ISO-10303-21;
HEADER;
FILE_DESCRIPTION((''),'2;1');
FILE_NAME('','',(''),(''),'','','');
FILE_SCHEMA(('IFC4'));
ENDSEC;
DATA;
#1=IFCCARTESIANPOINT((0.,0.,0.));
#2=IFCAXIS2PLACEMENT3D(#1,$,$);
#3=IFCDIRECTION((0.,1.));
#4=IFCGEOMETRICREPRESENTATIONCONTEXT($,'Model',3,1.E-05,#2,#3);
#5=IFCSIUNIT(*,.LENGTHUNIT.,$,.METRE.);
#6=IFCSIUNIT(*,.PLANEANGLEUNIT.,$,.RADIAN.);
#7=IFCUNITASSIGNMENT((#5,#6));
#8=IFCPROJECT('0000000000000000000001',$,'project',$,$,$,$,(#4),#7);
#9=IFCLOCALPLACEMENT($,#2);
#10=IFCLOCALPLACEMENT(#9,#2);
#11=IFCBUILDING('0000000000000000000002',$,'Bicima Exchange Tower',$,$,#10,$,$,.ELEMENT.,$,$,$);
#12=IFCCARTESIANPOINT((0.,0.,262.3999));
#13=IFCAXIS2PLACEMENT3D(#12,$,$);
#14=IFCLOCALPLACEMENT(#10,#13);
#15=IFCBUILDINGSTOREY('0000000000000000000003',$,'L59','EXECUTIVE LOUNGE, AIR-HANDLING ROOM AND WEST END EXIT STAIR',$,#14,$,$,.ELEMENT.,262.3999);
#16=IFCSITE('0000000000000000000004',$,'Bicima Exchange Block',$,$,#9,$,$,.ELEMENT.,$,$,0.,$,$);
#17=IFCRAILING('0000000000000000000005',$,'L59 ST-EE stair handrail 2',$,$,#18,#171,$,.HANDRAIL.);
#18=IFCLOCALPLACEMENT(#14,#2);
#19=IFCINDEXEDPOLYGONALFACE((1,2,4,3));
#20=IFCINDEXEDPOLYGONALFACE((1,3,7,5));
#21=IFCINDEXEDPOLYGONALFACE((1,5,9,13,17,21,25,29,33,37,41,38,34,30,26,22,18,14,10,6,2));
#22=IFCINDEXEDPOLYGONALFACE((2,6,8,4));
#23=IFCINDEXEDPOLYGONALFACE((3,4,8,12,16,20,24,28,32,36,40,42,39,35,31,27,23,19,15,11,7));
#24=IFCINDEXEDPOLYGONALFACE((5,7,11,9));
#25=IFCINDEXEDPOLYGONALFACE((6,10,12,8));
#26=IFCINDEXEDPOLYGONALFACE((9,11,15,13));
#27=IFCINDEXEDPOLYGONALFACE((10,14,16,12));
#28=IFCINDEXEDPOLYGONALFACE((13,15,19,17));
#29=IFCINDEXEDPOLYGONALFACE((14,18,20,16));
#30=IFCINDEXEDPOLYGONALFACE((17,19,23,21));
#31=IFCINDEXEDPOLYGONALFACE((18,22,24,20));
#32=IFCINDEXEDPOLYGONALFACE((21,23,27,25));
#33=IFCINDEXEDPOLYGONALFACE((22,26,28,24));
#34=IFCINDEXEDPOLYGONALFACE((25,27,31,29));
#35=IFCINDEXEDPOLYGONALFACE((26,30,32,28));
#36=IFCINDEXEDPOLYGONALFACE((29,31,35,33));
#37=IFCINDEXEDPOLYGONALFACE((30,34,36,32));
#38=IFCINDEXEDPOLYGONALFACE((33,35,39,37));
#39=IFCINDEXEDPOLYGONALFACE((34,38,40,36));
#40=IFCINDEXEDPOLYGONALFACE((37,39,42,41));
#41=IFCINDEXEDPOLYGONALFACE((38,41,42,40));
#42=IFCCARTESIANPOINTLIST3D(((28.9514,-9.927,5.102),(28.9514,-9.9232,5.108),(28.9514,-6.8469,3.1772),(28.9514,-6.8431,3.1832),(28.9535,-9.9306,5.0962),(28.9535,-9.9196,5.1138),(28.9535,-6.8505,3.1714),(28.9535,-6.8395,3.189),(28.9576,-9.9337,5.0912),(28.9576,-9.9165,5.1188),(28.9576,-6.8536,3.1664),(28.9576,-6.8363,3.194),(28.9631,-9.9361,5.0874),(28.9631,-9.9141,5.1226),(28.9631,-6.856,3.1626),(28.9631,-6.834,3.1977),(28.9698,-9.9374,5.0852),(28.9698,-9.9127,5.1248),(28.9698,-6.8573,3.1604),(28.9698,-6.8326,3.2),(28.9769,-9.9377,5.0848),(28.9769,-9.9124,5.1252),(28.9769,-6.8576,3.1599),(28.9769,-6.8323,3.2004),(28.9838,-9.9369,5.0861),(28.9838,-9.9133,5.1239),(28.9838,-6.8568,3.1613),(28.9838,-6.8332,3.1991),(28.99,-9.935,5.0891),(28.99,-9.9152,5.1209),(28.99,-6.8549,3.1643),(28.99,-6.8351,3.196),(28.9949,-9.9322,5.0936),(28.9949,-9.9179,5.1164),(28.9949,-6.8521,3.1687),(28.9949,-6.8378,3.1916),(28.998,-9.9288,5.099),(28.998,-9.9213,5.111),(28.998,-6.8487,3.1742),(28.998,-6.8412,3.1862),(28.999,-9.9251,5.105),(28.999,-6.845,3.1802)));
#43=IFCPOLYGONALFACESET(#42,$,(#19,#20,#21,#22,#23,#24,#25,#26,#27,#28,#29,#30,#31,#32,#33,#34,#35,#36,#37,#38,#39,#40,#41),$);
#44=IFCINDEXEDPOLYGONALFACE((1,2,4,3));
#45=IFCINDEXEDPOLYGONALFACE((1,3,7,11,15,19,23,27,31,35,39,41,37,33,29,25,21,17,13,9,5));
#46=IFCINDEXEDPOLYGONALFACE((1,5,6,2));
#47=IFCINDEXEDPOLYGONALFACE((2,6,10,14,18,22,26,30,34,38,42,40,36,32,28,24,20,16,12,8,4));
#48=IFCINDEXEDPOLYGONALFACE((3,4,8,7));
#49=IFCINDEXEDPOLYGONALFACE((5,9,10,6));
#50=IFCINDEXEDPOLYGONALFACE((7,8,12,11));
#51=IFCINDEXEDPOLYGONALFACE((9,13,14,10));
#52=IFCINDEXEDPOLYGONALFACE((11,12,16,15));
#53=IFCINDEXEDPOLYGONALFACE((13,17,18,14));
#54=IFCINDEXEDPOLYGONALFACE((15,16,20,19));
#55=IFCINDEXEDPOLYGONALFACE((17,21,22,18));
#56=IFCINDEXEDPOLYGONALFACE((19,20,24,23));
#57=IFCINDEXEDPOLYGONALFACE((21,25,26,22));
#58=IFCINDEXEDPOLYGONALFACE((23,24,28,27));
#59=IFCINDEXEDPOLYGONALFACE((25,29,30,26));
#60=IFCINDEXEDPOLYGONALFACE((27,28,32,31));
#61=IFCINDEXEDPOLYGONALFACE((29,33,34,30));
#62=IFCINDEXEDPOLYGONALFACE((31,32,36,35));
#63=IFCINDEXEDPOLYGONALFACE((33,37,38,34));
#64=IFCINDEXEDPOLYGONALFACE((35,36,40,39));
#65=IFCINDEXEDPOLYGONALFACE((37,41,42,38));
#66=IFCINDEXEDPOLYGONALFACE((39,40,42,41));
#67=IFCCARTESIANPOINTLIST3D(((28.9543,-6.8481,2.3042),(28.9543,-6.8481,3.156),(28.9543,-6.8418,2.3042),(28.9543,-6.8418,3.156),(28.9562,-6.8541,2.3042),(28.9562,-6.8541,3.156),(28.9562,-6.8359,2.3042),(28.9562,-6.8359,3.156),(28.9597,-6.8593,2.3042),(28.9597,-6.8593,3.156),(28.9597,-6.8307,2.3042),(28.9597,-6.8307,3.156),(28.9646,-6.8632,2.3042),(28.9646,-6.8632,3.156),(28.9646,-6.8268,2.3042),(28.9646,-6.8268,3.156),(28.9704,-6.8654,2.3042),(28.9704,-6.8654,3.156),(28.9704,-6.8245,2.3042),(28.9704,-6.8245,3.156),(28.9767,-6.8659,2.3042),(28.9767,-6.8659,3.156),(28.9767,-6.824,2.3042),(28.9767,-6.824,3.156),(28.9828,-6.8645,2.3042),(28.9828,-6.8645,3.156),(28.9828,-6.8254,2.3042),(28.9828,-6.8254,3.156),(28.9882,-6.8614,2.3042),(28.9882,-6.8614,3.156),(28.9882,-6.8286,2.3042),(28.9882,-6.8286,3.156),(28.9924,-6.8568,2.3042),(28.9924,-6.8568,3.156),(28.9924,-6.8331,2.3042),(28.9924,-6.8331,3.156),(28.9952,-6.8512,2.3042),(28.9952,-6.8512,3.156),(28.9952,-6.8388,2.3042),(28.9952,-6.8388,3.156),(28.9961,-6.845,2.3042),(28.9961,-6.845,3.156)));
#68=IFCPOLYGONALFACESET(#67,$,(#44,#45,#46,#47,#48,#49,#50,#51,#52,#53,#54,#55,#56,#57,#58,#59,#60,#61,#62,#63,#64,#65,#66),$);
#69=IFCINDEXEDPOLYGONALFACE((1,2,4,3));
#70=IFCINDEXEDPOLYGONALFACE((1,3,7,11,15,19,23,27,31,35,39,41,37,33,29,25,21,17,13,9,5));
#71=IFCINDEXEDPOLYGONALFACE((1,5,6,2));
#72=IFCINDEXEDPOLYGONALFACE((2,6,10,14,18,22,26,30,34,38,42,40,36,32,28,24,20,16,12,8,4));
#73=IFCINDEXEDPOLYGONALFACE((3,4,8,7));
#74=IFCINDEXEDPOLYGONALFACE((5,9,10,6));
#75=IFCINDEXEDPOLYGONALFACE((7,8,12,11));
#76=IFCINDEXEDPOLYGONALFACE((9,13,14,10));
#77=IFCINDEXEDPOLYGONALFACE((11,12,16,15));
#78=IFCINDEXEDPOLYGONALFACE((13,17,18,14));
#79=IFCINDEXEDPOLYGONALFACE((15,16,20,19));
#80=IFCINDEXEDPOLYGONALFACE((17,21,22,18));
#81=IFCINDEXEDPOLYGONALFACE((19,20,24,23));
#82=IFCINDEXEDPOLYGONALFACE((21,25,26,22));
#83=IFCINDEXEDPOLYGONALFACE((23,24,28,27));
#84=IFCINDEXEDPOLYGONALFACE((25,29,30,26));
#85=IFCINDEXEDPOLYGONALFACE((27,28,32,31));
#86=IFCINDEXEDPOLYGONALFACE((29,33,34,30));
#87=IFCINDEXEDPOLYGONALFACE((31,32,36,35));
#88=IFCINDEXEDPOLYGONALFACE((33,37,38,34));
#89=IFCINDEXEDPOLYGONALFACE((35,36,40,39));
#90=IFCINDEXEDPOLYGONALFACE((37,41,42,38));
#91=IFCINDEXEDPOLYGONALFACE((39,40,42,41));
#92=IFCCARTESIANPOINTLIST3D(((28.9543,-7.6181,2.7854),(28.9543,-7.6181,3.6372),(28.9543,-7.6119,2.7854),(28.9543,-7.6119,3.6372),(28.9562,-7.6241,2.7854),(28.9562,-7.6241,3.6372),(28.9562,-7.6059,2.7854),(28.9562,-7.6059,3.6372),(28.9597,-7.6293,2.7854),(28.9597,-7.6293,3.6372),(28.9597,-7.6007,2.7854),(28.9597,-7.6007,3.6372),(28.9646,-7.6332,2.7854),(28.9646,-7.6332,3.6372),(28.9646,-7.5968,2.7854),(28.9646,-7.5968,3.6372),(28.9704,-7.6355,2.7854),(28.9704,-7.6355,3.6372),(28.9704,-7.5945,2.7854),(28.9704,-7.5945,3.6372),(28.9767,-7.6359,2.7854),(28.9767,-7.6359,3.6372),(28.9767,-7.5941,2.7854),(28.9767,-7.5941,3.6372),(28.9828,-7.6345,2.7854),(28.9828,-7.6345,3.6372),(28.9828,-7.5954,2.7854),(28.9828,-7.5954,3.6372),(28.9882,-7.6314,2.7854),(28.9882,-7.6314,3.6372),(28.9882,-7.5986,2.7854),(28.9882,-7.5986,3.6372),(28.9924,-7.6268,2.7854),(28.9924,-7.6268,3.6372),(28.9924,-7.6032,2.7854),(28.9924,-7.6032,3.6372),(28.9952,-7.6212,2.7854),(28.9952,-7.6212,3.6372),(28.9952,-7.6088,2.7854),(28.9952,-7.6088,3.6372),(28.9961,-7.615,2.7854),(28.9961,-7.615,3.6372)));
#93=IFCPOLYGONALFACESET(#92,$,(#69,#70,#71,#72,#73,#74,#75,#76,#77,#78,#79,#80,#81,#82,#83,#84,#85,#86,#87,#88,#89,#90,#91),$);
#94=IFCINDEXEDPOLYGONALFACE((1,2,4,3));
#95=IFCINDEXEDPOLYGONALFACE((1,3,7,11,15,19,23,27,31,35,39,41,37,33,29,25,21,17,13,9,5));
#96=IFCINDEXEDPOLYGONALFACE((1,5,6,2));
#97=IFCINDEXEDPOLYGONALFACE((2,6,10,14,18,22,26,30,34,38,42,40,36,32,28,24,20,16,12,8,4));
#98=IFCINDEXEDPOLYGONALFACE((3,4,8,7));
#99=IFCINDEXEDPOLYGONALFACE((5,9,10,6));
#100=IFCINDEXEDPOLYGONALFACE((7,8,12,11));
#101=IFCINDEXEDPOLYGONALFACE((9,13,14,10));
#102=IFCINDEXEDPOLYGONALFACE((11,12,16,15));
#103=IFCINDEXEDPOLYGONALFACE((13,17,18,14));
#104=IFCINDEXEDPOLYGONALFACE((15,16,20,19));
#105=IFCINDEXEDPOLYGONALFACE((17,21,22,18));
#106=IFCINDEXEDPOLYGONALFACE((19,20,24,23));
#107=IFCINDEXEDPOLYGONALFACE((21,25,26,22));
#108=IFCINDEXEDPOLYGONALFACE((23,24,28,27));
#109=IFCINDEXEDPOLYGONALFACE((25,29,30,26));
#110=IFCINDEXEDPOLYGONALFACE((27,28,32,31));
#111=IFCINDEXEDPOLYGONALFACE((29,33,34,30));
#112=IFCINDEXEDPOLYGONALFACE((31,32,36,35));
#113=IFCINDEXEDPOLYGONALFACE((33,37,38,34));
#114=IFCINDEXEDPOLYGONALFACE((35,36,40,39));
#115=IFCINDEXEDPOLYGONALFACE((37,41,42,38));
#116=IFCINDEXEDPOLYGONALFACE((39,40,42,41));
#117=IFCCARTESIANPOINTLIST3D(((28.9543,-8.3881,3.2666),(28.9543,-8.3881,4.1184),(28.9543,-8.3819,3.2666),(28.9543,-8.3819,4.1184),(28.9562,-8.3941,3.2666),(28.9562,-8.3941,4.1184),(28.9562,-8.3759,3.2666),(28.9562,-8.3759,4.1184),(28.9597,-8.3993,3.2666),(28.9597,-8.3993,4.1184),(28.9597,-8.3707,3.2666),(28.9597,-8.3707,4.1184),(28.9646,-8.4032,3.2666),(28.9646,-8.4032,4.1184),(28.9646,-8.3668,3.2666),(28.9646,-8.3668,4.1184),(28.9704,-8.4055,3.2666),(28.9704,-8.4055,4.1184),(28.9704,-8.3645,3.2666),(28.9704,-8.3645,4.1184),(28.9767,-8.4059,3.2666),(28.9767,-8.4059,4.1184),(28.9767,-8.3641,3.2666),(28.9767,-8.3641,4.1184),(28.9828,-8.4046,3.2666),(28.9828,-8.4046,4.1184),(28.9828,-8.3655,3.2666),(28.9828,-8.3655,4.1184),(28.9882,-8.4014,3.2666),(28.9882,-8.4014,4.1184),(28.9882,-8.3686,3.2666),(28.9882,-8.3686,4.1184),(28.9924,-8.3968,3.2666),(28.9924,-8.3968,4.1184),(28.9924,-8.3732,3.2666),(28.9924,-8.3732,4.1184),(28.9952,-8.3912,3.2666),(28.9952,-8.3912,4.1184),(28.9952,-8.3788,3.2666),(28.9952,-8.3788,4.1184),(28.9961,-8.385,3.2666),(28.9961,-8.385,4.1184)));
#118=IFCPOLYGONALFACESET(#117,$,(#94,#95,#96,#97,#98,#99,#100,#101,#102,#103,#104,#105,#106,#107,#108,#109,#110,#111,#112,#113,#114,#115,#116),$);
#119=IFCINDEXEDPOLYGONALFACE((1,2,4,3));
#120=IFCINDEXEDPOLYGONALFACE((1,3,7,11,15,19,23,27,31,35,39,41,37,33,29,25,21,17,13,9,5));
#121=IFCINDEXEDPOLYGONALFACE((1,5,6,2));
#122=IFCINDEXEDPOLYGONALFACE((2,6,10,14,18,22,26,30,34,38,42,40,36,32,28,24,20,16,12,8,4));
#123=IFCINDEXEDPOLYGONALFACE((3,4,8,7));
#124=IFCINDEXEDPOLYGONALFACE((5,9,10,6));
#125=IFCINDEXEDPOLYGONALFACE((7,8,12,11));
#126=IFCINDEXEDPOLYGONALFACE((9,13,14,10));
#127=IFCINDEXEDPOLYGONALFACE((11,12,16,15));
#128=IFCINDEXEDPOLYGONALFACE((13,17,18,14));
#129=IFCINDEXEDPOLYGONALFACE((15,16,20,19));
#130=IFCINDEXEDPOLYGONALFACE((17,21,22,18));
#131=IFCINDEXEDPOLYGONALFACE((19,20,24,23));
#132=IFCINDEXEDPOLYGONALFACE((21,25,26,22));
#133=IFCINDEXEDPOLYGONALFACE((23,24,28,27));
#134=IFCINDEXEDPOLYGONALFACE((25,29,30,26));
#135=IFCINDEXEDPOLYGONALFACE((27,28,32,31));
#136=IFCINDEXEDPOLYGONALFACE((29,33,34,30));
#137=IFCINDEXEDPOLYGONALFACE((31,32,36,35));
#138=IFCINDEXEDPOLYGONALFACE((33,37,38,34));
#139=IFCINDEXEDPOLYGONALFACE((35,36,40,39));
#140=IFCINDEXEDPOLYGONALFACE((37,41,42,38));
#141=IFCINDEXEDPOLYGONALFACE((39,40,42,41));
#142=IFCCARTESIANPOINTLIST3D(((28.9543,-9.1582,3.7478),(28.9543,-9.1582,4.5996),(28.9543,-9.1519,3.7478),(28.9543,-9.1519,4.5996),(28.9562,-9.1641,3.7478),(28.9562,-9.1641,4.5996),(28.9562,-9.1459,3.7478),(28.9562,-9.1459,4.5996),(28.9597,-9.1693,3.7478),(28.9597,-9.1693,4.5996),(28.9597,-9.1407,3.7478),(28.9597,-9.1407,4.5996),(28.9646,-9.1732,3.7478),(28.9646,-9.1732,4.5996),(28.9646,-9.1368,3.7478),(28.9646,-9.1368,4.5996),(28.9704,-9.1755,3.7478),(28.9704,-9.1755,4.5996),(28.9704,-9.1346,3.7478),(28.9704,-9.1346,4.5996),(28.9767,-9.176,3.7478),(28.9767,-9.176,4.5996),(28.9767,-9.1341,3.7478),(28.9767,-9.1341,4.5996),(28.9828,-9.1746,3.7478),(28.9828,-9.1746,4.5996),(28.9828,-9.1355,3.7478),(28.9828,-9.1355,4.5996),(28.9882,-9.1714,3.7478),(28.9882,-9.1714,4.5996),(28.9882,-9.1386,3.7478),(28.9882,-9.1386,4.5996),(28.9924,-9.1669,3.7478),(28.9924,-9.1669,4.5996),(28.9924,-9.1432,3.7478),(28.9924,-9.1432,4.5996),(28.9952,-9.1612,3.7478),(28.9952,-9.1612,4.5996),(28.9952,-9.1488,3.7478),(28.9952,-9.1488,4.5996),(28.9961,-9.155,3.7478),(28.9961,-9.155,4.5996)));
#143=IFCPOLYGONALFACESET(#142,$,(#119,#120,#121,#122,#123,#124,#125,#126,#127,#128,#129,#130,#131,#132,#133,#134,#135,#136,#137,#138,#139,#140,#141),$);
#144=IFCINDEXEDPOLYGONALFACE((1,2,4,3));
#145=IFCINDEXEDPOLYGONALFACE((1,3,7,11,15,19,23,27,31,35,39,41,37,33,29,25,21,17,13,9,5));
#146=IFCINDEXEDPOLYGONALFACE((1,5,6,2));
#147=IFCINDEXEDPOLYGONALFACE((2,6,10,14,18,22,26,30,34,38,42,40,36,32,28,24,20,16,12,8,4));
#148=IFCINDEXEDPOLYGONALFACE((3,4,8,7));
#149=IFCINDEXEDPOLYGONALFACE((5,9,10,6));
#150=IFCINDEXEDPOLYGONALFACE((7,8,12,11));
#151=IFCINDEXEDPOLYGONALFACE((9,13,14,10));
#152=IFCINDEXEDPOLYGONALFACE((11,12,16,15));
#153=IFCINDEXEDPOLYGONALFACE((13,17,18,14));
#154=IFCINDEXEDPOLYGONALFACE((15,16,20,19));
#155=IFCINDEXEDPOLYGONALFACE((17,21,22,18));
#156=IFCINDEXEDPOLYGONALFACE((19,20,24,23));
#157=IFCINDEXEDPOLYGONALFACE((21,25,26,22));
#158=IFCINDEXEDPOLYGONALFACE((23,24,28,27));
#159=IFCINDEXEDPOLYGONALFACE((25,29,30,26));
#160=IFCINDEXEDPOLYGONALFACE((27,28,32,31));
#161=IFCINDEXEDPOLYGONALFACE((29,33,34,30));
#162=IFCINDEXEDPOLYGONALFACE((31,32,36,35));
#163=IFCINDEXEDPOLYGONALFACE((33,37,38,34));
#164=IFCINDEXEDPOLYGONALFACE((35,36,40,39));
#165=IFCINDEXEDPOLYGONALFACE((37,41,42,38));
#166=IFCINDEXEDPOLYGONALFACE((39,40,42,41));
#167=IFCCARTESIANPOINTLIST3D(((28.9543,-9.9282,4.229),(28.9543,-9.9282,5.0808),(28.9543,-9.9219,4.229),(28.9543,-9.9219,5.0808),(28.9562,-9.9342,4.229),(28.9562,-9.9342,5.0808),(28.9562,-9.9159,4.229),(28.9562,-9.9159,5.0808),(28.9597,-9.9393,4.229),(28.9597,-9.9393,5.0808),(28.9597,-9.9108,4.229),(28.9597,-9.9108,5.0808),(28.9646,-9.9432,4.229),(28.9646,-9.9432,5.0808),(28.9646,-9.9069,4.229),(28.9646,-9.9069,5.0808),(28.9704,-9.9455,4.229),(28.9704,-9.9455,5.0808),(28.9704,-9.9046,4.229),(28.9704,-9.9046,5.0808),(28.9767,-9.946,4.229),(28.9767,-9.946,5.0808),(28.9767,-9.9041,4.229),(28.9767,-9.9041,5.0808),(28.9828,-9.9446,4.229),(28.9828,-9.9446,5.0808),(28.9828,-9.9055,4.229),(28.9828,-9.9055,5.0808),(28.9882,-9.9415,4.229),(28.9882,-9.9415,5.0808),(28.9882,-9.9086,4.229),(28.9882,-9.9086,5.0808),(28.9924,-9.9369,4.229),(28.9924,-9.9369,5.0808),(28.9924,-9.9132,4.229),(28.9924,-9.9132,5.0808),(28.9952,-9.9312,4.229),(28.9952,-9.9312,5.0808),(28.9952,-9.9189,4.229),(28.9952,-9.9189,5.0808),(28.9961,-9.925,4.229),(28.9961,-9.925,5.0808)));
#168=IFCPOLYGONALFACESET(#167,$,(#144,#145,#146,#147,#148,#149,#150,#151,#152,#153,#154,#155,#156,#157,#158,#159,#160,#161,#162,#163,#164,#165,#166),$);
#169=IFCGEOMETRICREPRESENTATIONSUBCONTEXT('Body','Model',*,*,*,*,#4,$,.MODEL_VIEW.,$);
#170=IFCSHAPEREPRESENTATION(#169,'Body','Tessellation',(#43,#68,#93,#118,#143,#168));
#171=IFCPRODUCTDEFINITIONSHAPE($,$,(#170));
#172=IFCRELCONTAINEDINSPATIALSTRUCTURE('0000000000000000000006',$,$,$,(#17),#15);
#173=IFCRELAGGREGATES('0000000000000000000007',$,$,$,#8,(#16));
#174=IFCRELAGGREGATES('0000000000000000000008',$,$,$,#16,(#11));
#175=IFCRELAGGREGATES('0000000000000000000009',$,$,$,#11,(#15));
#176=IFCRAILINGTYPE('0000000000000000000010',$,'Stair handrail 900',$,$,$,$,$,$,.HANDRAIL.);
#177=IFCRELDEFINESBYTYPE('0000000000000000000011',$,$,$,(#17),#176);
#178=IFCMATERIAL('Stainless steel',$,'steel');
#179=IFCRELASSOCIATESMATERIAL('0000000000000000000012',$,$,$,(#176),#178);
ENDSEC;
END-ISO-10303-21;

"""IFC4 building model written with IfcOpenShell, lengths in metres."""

from ifc_helpers import new_model, si_unit, direction, frame, origin, origin_2d, place, context, subcontext, project, spatial, circle, extrude, material, type_object, element, save


model = new_model("IFC4")

# Units and contexts
model_context = context("Model", 3, precision=1e-05, world=origin(), true_north=direction((0.0, 1.0)))
body_context = subcontext(model_context, "Body", "Model", "MODEL_VIEW")
ifc_project = project(units=[si_unit("LENGTHUNIT", "METRE"), si_unit("PLANEANGLEUNIT", "RADIAN")], contexts=[model_context])

# Site, building, storey
site_placement = place(None, origin())
site = spatial("IfcSite", under=ifc_project, at=site_placement, Name="Bicima Exchange Block", CompositionType="ELEMENT", RefElevation=0.0)
building_placement = place(site_placement, origin())
building = spatial("IfcBuilding", under=site, at=building_placement, Name="Bicima Exchange Tower", CompositionType="ELEMENT")
storey_placement = place(building_placement, frame((0.0, 0.0, 262.3999)))
storey = spatial("IfcBuildingStorey", under=building, at=storey_placement, Name="L59", Description="EXECUTIVE LOUNGE, AIR-HANDLING ROOM AND WEST END EXIT STAIR", CompositionType="ELEMENT", Elevation=262.3999)

# Railing
ifc_material_1 = material(Name="Stainless steel", Category="steel")
railing_type_1 = type_object("IfcRailingType", Name="Stair handrail 900", PredefinedType="HANDRAIL", material=ifc_material_1)
railing_1_placement = place(storey_placement, frame((28.9751, -6.845, 2.3042)))
element("IfcRailing", 1, at=railing_1_placement, inside=storey, type_object=railing_type_1, Name="L59 ST-EE stair handrail 2", PredefinedType="HANDRAIL", context=body_context, shape_type="SweptSolid", body=[
    extrude(circle(Radius=0.0239, at=origin_2d()), frame((0.0, 0.0, 0.876), z_axis=(0.0, -0.848029, 0.529951), x_axis=(1.0, 0.0, 0.0)), (0.0, 0.0, 1.0), 3.6321),
    extrude(circle(Radius=0.021, at=origin_2d()), origin(), (0.0, 0.0, 1.0), 0.8518),
    extrude(circle(Radius=0.021, at=origin_2d()), frame((0.0, -0.77, 0.4812)), (0.0, 0.0, 1.0), 0.8518),
    extrude(circle(Radius=0.021, at=origin_2d()), frame((0.0, -1.54, 0.9624)), (0.0, 0.0, 1.0), 0.8518),
    extrude(circle(Radius=0.021, at=origin_2d()), frame((0.0, -2.3101, 1.4436)), (0.0, 0.0, 1.0), 0.8518),
    extrude(circle(Radius=0.021, at=origin_2d()), frame((0.0, -3.0801, 1.9248)), (0.0, 0.0, 1.0), 0.8518),
])

save(model, "model.ifc")
